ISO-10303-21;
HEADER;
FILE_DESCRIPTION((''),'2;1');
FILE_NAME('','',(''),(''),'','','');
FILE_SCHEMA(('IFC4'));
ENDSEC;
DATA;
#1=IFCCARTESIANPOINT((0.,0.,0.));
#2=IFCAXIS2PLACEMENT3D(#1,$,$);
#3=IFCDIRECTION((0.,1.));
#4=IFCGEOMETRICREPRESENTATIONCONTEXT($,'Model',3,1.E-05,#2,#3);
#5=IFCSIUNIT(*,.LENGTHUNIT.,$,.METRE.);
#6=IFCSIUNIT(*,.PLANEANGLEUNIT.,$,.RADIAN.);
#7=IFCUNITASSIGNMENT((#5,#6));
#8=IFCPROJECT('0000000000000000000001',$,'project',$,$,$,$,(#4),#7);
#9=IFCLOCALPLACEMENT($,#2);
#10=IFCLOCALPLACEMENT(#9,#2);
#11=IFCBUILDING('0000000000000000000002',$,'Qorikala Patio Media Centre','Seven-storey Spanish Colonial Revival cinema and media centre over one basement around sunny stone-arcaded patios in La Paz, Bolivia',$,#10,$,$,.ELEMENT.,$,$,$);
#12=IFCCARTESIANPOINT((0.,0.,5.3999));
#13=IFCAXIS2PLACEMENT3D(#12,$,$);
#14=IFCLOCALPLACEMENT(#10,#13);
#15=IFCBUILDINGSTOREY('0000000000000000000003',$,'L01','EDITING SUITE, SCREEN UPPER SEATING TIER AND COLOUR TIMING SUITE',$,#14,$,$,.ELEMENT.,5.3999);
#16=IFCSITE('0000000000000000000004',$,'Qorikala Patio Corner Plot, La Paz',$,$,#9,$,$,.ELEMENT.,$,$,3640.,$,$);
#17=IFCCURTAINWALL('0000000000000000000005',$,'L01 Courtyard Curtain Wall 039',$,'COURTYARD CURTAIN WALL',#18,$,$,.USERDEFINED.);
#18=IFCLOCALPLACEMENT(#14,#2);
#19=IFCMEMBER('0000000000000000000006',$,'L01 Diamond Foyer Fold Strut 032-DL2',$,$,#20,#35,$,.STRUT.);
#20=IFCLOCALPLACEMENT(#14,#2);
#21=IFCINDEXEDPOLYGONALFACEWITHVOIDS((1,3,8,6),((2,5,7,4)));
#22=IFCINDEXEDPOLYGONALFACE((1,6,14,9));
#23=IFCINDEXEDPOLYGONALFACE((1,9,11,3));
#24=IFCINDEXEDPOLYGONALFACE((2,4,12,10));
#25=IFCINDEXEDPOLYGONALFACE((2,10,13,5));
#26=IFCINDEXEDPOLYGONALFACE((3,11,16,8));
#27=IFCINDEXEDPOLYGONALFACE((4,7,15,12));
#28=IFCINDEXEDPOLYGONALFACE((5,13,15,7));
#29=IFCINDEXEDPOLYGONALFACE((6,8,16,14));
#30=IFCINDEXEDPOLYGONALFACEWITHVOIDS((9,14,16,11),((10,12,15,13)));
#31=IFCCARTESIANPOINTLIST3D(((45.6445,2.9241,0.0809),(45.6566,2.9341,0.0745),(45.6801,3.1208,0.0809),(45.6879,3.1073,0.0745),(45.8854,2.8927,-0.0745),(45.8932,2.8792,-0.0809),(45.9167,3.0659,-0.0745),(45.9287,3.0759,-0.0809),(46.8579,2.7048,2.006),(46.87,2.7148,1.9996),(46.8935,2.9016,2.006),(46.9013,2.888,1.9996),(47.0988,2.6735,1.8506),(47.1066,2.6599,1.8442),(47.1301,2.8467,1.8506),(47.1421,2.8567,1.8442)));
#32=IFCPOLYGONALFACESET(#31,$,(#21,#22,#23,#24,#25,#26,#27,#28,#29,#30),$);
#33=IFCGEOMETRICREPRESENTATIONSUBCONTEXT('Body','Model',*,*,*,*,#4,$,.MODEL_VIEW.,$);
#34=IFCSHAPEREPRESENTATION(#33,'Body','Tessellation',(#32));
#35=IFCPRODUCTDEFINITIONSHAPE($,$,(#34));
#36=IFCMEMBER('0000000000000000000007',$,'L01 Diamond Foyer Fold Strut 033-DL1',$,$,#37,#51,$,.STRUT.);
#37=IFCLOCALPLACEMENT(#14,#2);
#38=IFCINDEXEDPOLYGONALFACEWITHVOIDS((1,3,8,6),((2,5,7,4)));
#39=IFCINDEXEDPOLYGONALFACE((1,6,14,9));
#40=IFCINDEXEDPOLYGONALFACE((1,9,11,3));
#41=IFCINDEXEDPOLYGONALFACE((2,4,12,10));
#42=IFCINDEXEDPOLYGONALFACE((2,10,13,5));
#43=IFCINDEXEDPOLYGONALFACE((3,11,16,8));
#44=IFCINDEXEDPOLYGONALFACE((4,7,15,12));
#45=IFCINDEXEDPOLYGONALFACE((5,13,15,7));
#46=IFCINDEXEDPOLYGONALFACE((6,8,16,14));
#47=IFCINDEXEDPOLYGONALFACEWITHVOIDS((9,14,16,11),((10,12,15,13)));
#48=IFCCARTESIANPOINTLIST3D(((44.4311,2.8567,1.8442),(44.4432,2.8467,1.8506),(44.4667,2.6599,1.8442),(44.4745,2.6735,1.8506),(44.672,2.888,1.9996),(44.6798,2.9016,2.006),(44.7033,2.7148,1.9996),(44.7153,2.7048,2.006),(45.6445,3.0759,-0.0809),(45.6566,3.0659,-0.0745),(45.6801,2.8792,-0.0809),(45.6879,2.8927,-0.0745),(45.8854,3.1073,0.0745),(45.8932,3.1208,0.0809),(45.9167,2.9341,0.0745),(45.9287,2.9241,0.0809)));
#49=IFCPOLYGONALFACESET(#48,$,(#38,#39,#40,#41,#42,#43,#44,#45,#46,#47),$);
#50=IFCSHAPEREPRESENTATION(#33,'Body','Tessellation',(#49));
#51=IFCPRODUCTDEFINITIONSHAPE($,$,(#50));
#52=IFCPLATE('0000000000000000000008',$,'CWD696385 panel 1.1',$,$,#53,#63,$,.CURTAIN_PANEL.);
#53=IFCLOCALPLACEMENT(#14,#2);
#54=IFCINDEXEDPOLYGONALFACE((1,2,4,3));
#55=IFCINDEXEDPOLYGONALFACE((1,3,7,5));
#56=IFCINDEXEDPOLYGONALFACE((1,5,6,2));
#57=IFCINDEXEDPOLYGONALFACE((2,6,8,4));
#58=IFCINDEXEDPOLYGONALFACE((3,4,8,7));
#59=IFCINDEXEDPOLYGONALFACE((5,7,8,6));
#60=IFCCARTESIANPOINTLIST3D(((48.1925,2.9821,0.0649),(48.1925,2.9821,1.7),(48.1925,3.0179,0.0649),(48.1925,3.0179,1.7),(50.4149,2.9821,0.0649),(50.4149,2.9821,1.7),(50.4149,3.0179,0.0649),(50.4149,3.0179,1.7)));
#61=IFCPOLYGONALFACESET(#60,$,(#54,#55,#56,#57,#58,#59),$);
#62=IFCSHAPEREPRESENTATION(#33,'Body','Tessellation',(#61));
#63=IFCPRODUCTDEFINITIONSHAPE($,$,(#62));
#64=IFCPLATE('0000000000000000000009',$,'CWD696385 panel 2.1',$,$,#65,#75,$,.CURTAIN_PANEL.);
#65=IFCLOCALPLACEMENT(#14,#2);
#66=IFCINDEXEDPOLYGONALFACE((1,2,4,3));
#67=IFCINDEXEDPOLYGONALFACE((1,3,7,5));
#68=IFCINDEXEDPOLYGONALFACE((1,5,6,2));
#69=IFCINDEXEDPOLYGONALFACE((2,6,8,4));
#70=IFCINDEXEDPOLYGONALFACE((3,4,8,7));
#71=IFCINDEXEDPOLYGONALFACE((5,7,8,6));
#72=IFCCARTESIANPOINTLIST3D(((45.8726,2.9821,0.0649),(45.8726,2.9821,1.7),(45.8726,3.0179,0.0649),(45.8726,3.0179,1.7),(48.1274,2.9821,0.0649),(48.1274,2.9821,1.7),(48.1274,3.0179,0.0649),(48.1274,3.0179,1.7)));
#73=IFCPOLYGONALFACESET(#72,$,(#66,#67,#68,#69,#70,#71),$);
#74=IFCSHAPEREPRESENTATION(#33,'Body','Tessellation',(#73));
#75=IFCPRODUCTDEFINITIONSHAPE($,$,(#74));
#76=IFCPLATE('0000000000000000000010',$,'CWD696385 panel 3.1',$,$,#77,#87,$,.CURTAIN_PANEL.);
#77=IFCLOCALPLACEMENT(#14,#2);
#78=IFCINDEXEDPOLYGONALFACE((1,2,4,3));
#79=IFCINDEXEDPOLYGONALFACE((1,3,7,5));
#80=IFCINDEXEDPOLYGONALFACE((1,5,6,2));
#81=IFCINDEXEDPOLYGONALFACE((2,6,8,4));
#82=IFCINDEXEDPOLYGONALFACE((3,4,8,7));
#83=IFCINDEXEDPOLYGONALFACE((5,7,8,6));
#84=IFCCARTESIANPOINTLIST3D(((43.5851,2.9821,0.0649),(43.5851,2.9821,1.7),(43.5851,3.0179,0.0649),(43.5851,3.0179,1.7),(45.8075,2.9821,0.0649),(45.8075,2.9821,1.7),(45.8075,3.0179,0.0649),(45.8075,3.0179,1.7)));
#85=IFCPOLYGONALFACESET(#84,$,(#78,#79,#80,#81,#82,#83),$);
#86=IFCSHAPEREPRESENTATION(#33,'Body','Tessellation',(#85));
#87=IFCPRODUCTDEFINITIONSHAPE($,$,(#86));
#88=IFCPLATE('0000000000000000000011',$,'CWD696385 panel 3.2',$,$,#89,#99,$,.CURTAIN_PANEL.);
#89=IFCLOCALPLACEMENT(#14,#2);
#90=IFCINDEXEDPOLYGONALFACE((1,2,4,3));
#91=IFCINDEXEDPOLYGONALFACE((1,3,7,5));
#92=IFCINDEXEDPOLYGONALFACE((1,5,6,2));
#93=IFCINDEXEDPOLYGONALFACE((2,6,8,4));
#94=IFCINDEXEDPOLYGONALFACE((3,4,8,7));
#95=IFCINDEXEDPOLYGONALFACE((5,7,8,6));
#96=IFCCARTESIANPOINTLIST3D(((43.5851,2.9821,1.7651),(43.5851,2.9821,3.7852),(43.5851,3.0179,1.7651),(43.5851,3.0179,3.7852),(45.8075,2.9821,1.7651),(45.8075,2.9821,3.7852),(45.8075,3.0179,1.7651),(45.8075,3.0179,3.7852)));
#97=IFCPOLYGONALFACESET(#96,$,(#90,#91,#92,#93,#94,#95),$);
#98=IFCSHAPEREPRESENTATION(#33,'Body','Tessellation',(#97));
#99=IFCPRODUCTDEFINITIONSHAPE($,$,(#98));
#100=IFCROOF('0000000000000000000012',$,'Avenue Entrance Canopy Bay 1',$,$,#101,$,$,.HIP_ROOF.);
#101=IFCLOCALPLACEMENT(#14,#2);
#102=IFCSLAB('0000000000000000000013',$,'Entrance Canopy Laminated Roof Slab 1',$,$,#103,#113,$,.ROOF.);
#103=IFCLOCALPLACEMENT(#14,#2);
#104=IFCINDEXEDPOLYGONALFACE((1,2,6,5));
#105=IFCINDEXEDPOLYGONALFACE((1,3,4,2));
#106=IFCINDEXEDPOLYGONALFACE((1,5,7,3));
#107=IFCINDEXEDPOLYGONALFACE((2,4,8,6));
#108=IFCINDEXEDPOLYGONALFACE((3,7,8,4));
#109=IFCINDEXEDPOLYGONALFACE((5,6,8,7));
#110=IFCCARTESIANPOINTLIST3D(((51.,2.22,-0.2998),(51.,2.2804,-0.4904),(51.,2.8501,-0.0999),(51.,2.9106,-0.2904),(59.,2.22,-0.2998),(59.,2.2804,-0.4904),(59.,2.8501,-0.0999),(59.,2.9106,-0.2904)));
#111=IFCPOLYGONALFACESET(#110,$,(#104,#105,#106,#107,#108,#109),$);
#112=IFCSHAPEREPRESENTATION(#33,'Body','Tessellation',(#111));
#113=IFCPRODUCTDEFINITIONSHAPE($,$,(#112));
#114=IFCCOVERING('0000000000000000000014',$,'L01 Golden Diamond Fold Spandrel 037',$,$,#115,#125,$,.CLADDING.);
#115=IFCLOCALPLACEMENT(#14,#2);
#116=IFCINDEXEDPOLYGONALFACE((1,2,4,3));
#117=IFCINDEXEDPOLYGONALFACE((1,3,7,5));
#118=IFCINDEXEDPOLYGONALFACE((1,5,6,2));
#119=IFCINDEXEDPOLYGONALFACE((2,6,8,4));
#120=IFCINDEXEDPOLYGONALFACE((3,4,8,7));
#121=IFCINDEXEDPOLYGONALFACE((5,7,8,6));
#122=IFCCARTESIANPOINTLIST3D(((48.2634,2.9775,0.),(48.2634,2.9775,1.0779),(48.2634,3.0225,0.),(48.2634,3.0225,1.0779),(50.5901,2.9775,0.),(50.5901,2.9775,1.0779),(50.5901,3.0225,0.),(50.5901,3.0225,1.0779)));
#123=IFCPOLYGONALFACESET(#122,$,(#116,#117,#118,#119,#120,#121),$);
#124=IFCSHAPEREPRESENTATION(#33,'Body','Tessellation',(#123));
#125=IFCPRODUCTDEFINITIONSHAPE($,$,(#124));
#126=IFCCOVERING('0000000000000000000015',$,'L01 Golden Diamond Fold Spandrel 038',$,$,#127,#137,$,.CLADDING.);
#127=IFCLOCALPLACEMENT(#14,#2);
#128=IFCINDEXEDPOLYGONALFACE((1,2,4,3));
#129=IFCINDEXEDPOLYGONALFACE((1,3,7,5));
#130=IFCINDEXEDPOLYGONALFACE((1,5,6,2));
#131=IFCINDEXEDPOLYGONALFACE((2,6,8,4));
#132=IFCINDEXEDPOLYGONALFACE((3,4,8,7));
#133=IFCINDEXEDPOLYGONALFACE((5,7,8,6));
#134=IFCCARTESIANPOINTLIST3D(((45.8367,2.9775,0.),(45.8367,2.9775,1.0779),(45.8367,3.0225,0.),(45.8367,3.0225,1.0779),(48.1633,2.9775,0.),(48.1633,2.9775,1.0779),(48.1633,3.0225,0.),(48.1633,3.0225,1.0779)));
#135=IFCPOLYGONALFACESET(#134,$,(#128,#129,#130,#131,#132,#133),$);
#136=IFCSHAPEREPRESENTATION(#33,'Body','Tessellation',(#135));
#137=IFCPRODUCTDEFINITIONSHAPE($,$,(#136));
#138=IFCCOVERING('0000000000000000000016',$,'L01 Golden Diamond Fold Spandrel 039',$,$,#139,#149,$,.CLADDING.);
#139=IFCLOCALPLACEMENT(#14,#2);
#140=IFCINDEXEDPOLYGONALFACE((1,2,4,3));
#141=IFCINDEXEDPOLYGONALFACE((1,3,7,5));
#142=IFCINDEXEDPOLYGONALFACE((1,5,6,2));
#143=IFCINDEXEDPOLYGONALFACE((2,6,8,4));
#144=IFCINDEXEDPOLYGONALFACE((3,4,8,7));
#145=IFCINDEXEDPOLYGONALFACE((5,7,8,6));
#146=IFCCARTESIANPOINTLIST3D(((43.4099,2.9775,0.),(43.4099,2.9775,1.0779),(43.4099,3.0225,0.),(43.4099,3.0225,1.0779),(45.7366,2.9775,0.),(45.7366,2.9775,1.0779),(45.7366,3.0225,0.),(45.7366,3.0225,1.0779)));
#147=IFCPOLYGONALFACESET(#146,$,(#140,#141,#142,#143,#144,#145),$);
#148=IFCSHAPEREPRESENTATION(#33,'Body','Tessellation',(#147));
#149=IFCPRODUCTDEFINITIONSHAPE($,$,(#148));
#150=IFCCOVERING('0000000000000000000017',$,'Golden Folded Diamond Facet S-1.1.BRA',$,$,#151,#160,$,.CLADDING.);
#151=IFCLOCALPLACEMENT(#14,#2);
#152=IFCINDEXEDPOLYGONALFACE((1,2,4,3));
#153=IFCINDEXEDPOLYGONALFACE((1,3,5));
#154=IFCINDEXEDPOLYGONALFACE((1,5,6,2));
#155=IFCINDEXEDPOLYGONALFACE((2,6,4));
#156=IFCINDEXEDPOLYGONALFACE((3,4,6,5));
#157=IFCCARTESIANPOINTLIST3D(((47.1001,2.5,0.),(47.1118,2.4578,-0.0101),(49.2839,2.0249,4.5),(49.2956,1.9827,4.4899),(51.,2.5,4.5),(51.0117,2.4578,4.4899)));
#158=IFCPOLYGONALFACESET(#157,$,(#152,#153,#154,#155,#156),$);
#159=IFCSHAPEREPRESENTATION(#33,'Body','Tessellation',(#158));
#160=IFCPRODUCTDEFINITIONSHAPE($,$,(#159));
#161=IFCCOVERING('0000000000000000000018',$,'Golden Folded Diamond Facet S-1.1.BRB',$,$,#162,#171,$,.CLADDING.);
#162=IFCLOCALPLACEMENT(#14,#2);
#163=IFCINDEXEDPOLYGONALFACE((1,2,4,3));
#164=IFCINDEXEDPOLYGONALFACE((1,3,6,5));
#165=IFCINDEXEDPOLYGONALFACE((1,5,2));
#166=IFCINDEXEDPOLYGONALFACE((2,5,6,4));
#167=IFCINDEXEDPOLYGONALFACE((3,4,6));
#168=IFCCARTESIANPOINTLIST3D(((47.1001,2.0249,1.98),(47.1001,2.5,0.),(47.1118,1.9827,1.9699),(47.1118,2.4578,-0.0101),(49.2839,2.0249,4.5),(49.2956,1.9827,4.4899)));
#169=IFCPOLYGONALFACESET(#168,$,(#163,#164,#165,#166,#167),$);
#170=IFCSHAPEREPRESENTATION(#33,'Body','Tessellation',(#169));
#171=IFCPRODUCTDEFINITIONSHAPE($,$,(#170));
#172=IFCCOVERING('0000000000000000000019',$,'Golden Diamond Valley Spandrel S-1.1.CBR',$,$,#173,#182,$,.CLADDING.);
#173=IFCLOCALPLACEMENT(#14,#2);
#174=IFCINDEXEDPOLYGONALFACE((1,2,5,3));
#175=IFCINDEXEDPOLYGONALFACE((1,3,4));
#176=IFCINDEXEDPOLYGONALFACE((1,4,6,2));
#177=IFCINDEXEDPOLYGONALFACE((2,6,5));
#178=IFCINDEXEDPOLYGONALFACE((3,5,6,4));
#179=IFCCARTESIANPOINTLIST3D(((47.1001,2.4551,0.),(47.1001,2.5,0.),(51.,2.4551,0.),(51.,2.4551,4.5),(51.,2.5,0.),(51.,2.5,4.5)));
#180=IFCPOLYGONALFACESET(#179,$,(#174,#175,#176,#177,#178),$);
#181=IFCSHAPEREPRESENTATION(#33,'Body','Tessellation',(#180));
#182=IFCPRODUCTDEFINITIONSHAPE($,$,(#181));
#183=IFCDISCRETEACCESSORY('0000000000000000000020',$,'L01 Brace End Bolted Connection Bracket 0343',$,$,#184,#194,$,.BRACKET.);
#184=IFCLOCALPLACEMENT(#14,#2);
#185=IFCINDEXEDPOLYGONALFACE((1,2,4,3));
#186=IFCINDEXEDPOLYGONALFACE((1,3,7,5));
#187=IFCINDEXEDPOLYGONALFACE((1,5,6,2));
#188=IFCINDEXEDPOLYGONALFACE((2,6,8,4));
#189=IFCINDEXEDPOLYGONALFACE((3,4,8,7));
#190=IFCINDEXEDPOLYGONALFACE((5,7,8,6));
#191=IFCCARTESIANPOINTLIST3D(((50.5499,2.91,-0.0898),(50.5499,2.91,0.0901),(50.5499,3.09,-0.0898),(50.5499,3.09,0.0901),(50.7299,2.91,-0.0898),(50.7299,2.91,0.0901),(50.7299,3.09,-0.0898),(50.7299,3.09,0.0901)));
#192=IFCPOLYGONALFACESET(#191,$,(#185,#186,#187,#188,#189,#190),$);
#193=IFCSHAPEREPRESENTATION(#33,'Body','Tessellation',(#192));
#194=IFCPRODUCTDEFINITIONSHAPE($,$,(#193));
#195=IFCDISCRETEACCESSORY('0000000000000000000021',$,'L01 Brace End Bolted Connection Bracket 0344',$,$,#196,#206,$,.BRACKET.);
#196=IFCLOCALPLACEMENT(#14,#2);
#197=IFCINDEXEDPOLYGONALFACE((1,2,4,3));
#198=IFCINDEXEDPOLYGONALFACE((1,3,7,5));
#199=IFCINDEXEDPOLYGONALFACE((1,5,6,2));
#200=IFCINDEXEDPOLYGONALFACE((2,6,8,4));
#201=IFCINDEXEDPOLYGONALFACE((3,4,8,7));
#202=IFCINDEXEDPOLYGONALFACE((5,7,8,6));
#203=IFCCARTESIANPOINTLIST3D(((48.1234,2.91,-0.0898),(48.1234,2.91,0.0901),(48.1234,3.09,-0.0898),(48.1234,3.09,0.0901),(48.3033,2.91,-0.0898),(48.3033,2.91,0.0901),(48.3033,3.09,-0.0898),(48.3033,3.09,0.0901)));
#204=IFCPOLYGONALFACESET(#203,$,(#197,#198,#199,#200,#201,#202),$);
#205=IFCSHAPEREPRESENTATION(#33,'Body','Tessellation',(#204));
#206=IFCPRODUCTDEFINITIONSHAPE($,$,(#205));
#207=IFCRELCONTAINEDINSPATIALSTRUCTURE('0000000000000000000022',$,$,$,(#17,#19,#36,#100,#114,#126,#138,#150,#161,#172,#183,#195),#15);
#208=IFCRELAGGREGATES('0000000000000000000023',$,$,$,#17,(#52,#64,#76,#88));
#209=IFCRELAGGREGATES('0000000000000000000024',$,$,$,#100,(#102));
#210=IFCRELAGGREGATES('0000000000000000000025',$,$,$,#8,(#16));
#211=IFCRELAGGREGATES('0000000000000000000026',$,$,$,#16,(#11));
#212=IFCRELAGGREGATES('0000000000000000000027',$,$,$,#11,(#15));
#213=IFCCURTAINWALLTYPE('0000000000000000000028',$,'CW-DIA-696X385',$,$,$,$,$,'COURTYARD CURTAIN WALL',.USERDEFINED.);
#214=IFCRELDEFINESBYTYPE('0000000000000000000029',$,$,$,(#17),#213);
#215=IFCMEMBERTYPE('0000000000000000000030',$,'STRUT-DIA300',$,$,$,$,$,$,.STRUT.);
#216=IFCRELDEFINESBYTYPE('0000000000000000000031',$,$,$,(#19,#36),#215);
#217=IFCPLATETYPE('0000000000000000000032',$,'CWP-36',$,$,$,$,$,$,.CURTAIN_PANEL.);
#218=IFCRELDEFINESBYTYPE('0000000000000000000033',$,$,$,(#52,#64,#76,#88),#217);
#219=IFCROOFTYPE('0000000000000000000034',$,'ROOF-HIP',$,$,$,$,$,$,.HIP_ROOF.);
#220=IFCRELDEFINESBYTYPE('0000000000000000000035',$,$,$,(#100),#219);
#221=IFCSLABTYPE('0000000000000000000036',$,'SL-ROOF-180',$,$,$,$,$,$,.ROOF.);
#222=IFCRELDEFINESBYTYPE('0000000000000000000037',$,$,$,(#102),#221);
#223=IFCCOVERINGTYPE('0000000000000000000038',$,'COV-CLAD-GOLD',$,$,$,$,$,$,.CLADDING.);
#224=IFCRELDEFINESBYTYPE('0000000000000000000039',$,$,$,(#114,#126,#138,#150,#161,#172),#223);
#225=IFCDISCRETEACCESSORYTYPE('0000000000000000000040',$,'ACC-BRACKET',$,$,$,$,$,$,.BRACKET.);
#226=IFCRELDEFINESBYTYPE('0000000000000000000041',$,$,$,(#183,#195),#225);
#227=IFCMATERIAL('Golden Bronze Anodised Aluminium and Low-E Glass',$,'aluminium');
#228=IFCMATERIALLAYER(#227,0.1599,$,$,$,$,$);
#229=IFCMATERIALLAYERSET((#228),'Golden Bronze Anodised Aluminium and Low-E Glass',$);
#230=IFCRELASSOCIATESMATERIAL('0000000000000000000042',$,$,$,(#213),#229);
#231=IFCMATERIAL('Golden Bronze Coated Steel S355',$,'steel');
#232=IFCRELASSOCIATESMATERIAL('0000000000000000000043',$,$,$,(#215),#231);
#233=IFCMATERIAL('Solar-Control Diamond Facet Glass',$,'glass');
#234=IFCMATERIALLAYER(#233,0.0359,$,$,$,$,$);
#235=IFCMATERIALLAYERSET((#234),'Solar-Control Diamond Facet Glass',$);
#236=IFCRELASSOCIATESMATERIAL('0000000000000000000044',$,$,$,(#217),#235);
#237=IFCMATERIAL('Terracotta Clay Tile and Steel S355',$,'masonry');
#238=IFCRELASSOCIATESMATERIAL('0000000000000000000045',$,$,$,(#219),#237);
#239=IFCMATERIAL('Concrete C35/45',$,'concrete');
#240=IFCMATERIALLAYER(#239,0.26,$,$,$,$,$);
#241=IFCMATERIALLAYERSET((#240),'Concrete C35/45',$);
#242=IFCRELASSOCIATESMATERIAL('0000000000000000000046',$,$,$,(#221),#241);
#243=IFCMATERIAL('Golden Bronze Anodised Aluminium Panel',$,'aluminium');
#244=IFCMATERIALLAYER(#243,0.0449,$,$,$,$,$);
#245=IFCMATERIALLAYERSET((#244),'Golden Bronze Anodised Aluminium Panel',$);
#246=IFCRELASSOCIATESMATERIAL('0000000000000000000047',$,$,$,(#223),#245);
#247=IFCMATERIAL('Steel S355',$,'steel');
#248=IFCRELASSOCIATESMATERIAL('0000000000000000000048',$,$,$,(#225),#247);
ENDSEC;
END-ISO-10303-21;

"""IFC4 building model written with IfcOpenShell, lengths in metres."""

from ifc_helpers import new_model, si_unit, direction, frame, origin, origin_2d, place, context, subcontext, project, spatial, polyline, rectangle, hollow_rectangle, outline, extrude, material, layer, layer_set, material_profile, profile_set, type_object, element, aggregate, save


model = new_model("IFC4")

# Units and contexts
model_context = context("Model", 3, precision=1e-05, world=origin(), true_north=direction((0.0, 1.0)))
body_context = subcontext(model_context, "Body", "Model", "MODEL_VIEW")
ifc_project = project(units=[si_unit("LENGTHUNIT", "METRE"), si_unit("PLANEANGLEUNIT", "RADIAN")], contexts=[model_context])

# Site, building, storey
site_placement = place(None, origin())
site = spatial("IfcSite", under=ifc_project, at=site_placement, Name="Qorikala Patio Corner Plot, La Paz", CompositionType="ELEMENT", RefElevation=3640.0)
building_placement = place(site_placement, origin())
building = spatial("IfcBuilding", under=site, at=building_placement, Name="Qorikala Patio Media Centre", Description="Seven-storey Spanish Colonial Revival cinema and media centre over one basement around sunny stone-arcaded patios in La Paz, Bolivia", CompositionType="ELEMENT")
storey_placement = place(building_placement, frame((0.0, 0.0, 5.3999)))
storey = spatial("IfcBuildingStorey", under=building, at=storey_placement, Name="L01", Description="EDITING SUITE, SCREEN UPPER SEATING TIER AND COLOUR TIMING SUITE", CompositionType="ELEMENT", Elevation=5.3999)

# Curtain wall
ifc_material_1 = material(Name="Golden Bronze Anodised Aluminium and Low-E Glass", Category="aluminium")
ifc_layer_1 = layer(ifc_material_1, 0.1599)
ifc_layer_set_1 = layer_set([ifc_layer_1], Name="Golden Bronze Anodised Aluminium and Low-E Glass")
curtain_wall_type = type_object("IfcCurtainWallType", Name="CW-DIA-696X385", ElementType="COURTYARD CURTAIN WALL", PredefinedType="USERDEFINED", material=ifc_layer_set_1)
curtain_wall_placement = place(storey_placement, origin())
curtain_wall = element("IfcCurtainWall", 1, at=curtain_wall_placement, inside=storey, type_object=curtain_wall_type, Name="L01 Courtyard Curtain Wall 039", ObjectType="COURTYARD CURTAIN WALL", PredefinedType="USERDEFINED")

# Shared definitions
ifc_material_2 = material(Name="Steel S355", Category="steel")

# Members
ifc_material_3 = material(Name="Golden Bronze Coated Steel S355", Category="steel")
ifc_material_profile_1 = material_profile(ifc_material_3, hollow_rectangle(XDim=0.2, YDim=0.3, WallThickness=0.012, at=origin_2d()), Name="HSS300X200X12")
ifc_profile_set_1 = profile_set([ifc_material_profile_1], Name="Golden Bronze Coated Steel S355")
member_type_1 = type_object("IfcMemberType", Name="STRUT-DIA300", PredefinedType="STRUT", material=ifc_profile_set_1)
for number, where, z_axis, x_axis, name in (
    (2, (45.7866, 3.0, 0.0), (0.530768, -0.095901, 0.842074), (0.177805, 0.984066, 0.0), "L01 Diamond Foyer Fold Strut 032-DL2"),
    (3, (45.7866, 3.0, 0.0), (-0.530768, -0.095901, 0.842074), (0.177805, -0.984066, 0.0), "L01 Diamond Foyer Fold Strut 033-DL1"),
):
    element("IfcMember", number, at=place(storey_placement, frame(where, z_axis=z_axis, x_axis=x_axis)), inside=storey, type_object=member_type_1, Name=name, PredefinedType="STRUT", context=body_context, shape_type="SweptSolid", body=[
        extrude(hollow_rectangle(XDim=0.2, YDim=0.3, WallThickness=0.012, at=origin_2d()), origin(), (0.0, 0.0, 1.0), 2.2861),
    ])

# Plates
ifc_material_4 = material(Name="Solar-Control Diamond Facet Glass", Category="glass")
ifc_layer_2 = layer(ifc_material_4, 0.0359)
ifc_layer_set_2 = layer_set([ifc_layer_2], Name="Solar-Control Diamond Facet Glass")
plate_type = type_object("IfcPlateType", Name="CWP-36", PredefinedType="CURTAIN_PANEL", material=ifc_layer_set_2)
plate_1_placement = place(storey_placement, frame((49.3037, 3.0, 0.0649), z_axis=(0.0, 0.0, 1.0), x_axis=(-1.0, 0.0, 0.0)))
plate_1 = element("IfcPlate", 4, at=plate_1_placement, type_object=plate_type, Name="CWD696385 panel 1.1", PredefinedType="CURTAIN_PANEL", context=body_context, shape_type="SweptSolid", body=[
    extrude(rectangle(XDim=2.2224, YDim=0.0359, at=origin_2d()), origin(), (0.0, 0.0, 1.0), 1.635),
])
plate_2_placement = place(storey_placement, frame((47.0, 3.0, 0.0649), z_axis=(0.0, 0.0, 1.0), x_axis=(-1.0, 0.0, 0.0)))
plate_2 = element("IfcPlate", 5, at=plate_2_placement, type_object=plate_type, Name="CWD696385 panel 2.1", PredefinedType="CURTAIN_PANEL", context=body_context, shape_type="SweptSolid", body=[
    extrude(rectangle(XDim=2.2549, YDim=0.0359, at=origin_2d()), origin(), (0.0, 0.0, 1.0), 1.635),
])
plate_3_placement = place(storey_placement, frame((44.6963, 3.0, 0.0649), z_axis=(0.0, 0.0, 1.0), x_axis=(-1.0, 0.0, 0.0)))
plate_3 = element("IfcPlate", 6, at=plate_3_placement, type_object=plate_type, Name="CWD696385 panel 3.1", PredefinedType="CURTAIN_PANEL", context=body_context, shape_type="SweptSolid", body=[
    extrude(rectangle(XDim=2.2224, YDim=0.0359, at=origin_2d()), origin(), (0.0, 0.0, 1.0), 1.635),
])
plate_4_placement = place(storey_placement, frame((44.6963, 3.0, 1.7651), z_axis=(0.0, 0.0, 1.0), x_axis=(-1.0, 0.0, 0.0)))
plate_4 = element("IfcPlate", 7, at=plate_4_placement, type_object=plate_type, Name="CWD696385 panel 3.2", PredefinedType="CURTAIN_PANEL", context=body_context, shape_type="SweptSolid", body=[
    extrude(rectangle(XDim=2.2224, YDim=0.0359, at=origin_2d()), origin(), (0.0, 0.0, 1.0), 2.02),
])
aggregate(curtain_wall, [plate_1, plate_2, plate_3, plate_4])

# Roof, slab
ifc_material_5 = material(Name="Terracotta Clay Tile and Steel S355", Category="masonry")
roof_type = type_object("IfcRoofType", Name="ROOF-HIP", PredefinedType="HIP_ROOF", material=ifc_material_5)
roof_placement = place(storey_placement, origin())
roof = element("IfcRoof", 8, at=roof_placement, inside=storey, type_object=roof_type, Name="Avenue Entrance Canopy Bay 1", PredefinedType="HIP_ROOF")
ifc_material_6 = material(Name="Concrete C35/45", Category="concrete")
ifc_layer_3 = layer(ifc_material_6, 0.26)
ifc_layer_set_3 = layer_set([ifc_layer_3], Name="Concrete C35/45")
slab_type = type_object("IfcSlabType", Name="SL-ROOF-180", PredefinedType="ROOF", material=ifc_layer_set_3)
slab_placement = place(storey_placement, frame((51.0, 2.22, -0.2998), z_axis=(0.0, -0.302457, 0.953163), x_axis=(1.0, 0.0, 0.0)))
slab = element("IfcSlab", 9, at=slab_placement, type_object=slab_type, Name="Entrance Canopy Laminated Roof Slab 1", PredefinedType="ROOF", context=body_context, shape_type="SweptSolid", body=[
    extrude(outline(polyline([(0.0, 0.0), (8.0, 0.0), (8.0, 0.6611), (0.0, 0.6611), (0.0, 0.0)])), origin(), (0.0, 0.0, -1.0), 0.2),
])
aggregate(roof, [slab])

# Coverings
ifc_material_7 = material(Name="Golden Bronze Anodised Aluminium Panel", Category="aluminium")
ifc_layer_4 = layer(ifc_material_7, 0.0449)
ifc_layer_set_4 = layer_set([ifc_layer_4], Name="Golden Bronze Anodised Aluminium Panel")
covering_type = type_object("IfcCoveringType", Name="COV-CLAD-GOLD", PredefinedType="CLADDING", material=ifc_layer_set_4)
for number, where, z_axis, x_axis, name in (
    (10, (49.4268, 3.0, 0.0), (0.0, 0.0, 1.0), (-1.0, 0.0, 0.0), "L01 Golden Diamond Fold Spandrel 037"),
    (11, (47.0, 3.0, 0.0), (0.0, 0.0, 1.0), (-1.0, 0.0, 0.0), "L01 Golden Diamond Fold Spandrel 038"),
    (12, (44.5732, 3.0, 0.0), (0.0, 0.0, 1.0), (-1.0, 0.0, 0.0), "L01 Golden Diamond Fold Spandrel 039"),
):
    element("IfcCovering", number, at=place(storey_placement, frame(where, z_axis=z_axis, x_axis=x_axis)), inside=storey, type_object=covering_type, Name=name, PredefinedType="CLADDING", context=body_context, shape_type="SweptSolid", body=[
        extrude(rectangle(XDim=2.3267, YDim=0.0449, at=origin_2d()), origin(), (0.0, 0.0, 1.0), 1.0779),
    ])
covering_1_placement = place(storey_placement, frame((47.1001, 2.5, 0.0), z_axis=(-0.259957, 0.938971, 0.22529), x_axis=(0.654921, 0.0, 0.755697)))
element("IfcCovering", 13, at=covering_1_placement, inside=storey, type_object=covering_type, Name="Golden Folded Diamond Facet S-1.1.BRA", PredefinedType="CLADDING", context=body_context, shape_type="SweptSolid", body=[
    extrude(outline(polyline([(0.0, 0.0), (5.9548, 0.0), (4.8309, -1.3811), (0.0, 0.0)])), origin(), (0.0, 0.0, -1.0), 0.0449),
])
covering_2_placement = place(storey_placement, frame((47.1001, 2.5, 0.0), z_axis=(-0.259987, 0.938959, 0.225304), x_axis=(0.434644, -0.094558, 0.895625)))
element("IfcCovering", 14, at=covering_2_placement, inside=storey, type_object=covering_type, Name="Golden Folded Diamond Facet S-1.1.BRB", PredefinedType="CLADDING", context=body_context, shape_type="SweptSolid", body=[
    extrude(outline(polyline([(0.0, 0.0), (5.0244, 0.0), (1.8182, -0.9165), (0.0, 0.0)])), origin(), (0.0, 0.0, -1.0), 0.0449),
])
covering_3_placement = place(storey_placement, frame((51.0, 2.5, 0.0), z_axis=(0.0, 1.0, 0.0), x_axis=(-1.0, 0.0, 0.0)))
element("IfcCovering", 15, at=covering_3_placement, inside=storey, type_object=covering_type, Name="Golden Diamond Valley Spandrel S-1.1.CBR", PredefinedType="CLADDING", context=body_context, shape_type="SweptSolid", body=[
    extrude(outline(polyline([(0.0, 0.0), (3.8999, 0.0), (0.0, 4.5), (0.0, 0.0)])), origin(), (0.0, 0.0, -1.0), 0.0449),
])

# Discrete accessories
discrete_accessory_type = type_object("IfcDiscreteAccessoryType", Name="ACC-BRACKET", PredefinedType="BRACKET", material=ifc_material_2)
for number, where, z_axis, x_axis, name in (
    (16, (50.6399, 3.0, -0.0898), (0.0, 0.0, 1.0), (1.0, 0.0, 0.0), "L01 Brace End Bolted Connection Bracket 0343"),
    (17, (48.2134, 3.0, -0.0898), (0.0, 0.0, 1.0), (1.0, 0.0, 0.0), "L01 Brace End Bolted Connection Bracket 0344"),
):
    element("IfcDiscreteAccessory", number, at=place(storey_placement, frame(where, z_axis=z_axis, x_axis=x_axis)), inside=storey, type_object=discrete_accessory_type, Name=name, PredefinedType="BRACKET", context=body_context, shape_type="SweptSolid", body=[
        extrude(rectangle(XDim=0.1799, YDim=0.1799, at=origin_2d()), origin(), (0.0, 0.0, 1.0), 0.1799),
    ])

save(model, "model.ifc")
